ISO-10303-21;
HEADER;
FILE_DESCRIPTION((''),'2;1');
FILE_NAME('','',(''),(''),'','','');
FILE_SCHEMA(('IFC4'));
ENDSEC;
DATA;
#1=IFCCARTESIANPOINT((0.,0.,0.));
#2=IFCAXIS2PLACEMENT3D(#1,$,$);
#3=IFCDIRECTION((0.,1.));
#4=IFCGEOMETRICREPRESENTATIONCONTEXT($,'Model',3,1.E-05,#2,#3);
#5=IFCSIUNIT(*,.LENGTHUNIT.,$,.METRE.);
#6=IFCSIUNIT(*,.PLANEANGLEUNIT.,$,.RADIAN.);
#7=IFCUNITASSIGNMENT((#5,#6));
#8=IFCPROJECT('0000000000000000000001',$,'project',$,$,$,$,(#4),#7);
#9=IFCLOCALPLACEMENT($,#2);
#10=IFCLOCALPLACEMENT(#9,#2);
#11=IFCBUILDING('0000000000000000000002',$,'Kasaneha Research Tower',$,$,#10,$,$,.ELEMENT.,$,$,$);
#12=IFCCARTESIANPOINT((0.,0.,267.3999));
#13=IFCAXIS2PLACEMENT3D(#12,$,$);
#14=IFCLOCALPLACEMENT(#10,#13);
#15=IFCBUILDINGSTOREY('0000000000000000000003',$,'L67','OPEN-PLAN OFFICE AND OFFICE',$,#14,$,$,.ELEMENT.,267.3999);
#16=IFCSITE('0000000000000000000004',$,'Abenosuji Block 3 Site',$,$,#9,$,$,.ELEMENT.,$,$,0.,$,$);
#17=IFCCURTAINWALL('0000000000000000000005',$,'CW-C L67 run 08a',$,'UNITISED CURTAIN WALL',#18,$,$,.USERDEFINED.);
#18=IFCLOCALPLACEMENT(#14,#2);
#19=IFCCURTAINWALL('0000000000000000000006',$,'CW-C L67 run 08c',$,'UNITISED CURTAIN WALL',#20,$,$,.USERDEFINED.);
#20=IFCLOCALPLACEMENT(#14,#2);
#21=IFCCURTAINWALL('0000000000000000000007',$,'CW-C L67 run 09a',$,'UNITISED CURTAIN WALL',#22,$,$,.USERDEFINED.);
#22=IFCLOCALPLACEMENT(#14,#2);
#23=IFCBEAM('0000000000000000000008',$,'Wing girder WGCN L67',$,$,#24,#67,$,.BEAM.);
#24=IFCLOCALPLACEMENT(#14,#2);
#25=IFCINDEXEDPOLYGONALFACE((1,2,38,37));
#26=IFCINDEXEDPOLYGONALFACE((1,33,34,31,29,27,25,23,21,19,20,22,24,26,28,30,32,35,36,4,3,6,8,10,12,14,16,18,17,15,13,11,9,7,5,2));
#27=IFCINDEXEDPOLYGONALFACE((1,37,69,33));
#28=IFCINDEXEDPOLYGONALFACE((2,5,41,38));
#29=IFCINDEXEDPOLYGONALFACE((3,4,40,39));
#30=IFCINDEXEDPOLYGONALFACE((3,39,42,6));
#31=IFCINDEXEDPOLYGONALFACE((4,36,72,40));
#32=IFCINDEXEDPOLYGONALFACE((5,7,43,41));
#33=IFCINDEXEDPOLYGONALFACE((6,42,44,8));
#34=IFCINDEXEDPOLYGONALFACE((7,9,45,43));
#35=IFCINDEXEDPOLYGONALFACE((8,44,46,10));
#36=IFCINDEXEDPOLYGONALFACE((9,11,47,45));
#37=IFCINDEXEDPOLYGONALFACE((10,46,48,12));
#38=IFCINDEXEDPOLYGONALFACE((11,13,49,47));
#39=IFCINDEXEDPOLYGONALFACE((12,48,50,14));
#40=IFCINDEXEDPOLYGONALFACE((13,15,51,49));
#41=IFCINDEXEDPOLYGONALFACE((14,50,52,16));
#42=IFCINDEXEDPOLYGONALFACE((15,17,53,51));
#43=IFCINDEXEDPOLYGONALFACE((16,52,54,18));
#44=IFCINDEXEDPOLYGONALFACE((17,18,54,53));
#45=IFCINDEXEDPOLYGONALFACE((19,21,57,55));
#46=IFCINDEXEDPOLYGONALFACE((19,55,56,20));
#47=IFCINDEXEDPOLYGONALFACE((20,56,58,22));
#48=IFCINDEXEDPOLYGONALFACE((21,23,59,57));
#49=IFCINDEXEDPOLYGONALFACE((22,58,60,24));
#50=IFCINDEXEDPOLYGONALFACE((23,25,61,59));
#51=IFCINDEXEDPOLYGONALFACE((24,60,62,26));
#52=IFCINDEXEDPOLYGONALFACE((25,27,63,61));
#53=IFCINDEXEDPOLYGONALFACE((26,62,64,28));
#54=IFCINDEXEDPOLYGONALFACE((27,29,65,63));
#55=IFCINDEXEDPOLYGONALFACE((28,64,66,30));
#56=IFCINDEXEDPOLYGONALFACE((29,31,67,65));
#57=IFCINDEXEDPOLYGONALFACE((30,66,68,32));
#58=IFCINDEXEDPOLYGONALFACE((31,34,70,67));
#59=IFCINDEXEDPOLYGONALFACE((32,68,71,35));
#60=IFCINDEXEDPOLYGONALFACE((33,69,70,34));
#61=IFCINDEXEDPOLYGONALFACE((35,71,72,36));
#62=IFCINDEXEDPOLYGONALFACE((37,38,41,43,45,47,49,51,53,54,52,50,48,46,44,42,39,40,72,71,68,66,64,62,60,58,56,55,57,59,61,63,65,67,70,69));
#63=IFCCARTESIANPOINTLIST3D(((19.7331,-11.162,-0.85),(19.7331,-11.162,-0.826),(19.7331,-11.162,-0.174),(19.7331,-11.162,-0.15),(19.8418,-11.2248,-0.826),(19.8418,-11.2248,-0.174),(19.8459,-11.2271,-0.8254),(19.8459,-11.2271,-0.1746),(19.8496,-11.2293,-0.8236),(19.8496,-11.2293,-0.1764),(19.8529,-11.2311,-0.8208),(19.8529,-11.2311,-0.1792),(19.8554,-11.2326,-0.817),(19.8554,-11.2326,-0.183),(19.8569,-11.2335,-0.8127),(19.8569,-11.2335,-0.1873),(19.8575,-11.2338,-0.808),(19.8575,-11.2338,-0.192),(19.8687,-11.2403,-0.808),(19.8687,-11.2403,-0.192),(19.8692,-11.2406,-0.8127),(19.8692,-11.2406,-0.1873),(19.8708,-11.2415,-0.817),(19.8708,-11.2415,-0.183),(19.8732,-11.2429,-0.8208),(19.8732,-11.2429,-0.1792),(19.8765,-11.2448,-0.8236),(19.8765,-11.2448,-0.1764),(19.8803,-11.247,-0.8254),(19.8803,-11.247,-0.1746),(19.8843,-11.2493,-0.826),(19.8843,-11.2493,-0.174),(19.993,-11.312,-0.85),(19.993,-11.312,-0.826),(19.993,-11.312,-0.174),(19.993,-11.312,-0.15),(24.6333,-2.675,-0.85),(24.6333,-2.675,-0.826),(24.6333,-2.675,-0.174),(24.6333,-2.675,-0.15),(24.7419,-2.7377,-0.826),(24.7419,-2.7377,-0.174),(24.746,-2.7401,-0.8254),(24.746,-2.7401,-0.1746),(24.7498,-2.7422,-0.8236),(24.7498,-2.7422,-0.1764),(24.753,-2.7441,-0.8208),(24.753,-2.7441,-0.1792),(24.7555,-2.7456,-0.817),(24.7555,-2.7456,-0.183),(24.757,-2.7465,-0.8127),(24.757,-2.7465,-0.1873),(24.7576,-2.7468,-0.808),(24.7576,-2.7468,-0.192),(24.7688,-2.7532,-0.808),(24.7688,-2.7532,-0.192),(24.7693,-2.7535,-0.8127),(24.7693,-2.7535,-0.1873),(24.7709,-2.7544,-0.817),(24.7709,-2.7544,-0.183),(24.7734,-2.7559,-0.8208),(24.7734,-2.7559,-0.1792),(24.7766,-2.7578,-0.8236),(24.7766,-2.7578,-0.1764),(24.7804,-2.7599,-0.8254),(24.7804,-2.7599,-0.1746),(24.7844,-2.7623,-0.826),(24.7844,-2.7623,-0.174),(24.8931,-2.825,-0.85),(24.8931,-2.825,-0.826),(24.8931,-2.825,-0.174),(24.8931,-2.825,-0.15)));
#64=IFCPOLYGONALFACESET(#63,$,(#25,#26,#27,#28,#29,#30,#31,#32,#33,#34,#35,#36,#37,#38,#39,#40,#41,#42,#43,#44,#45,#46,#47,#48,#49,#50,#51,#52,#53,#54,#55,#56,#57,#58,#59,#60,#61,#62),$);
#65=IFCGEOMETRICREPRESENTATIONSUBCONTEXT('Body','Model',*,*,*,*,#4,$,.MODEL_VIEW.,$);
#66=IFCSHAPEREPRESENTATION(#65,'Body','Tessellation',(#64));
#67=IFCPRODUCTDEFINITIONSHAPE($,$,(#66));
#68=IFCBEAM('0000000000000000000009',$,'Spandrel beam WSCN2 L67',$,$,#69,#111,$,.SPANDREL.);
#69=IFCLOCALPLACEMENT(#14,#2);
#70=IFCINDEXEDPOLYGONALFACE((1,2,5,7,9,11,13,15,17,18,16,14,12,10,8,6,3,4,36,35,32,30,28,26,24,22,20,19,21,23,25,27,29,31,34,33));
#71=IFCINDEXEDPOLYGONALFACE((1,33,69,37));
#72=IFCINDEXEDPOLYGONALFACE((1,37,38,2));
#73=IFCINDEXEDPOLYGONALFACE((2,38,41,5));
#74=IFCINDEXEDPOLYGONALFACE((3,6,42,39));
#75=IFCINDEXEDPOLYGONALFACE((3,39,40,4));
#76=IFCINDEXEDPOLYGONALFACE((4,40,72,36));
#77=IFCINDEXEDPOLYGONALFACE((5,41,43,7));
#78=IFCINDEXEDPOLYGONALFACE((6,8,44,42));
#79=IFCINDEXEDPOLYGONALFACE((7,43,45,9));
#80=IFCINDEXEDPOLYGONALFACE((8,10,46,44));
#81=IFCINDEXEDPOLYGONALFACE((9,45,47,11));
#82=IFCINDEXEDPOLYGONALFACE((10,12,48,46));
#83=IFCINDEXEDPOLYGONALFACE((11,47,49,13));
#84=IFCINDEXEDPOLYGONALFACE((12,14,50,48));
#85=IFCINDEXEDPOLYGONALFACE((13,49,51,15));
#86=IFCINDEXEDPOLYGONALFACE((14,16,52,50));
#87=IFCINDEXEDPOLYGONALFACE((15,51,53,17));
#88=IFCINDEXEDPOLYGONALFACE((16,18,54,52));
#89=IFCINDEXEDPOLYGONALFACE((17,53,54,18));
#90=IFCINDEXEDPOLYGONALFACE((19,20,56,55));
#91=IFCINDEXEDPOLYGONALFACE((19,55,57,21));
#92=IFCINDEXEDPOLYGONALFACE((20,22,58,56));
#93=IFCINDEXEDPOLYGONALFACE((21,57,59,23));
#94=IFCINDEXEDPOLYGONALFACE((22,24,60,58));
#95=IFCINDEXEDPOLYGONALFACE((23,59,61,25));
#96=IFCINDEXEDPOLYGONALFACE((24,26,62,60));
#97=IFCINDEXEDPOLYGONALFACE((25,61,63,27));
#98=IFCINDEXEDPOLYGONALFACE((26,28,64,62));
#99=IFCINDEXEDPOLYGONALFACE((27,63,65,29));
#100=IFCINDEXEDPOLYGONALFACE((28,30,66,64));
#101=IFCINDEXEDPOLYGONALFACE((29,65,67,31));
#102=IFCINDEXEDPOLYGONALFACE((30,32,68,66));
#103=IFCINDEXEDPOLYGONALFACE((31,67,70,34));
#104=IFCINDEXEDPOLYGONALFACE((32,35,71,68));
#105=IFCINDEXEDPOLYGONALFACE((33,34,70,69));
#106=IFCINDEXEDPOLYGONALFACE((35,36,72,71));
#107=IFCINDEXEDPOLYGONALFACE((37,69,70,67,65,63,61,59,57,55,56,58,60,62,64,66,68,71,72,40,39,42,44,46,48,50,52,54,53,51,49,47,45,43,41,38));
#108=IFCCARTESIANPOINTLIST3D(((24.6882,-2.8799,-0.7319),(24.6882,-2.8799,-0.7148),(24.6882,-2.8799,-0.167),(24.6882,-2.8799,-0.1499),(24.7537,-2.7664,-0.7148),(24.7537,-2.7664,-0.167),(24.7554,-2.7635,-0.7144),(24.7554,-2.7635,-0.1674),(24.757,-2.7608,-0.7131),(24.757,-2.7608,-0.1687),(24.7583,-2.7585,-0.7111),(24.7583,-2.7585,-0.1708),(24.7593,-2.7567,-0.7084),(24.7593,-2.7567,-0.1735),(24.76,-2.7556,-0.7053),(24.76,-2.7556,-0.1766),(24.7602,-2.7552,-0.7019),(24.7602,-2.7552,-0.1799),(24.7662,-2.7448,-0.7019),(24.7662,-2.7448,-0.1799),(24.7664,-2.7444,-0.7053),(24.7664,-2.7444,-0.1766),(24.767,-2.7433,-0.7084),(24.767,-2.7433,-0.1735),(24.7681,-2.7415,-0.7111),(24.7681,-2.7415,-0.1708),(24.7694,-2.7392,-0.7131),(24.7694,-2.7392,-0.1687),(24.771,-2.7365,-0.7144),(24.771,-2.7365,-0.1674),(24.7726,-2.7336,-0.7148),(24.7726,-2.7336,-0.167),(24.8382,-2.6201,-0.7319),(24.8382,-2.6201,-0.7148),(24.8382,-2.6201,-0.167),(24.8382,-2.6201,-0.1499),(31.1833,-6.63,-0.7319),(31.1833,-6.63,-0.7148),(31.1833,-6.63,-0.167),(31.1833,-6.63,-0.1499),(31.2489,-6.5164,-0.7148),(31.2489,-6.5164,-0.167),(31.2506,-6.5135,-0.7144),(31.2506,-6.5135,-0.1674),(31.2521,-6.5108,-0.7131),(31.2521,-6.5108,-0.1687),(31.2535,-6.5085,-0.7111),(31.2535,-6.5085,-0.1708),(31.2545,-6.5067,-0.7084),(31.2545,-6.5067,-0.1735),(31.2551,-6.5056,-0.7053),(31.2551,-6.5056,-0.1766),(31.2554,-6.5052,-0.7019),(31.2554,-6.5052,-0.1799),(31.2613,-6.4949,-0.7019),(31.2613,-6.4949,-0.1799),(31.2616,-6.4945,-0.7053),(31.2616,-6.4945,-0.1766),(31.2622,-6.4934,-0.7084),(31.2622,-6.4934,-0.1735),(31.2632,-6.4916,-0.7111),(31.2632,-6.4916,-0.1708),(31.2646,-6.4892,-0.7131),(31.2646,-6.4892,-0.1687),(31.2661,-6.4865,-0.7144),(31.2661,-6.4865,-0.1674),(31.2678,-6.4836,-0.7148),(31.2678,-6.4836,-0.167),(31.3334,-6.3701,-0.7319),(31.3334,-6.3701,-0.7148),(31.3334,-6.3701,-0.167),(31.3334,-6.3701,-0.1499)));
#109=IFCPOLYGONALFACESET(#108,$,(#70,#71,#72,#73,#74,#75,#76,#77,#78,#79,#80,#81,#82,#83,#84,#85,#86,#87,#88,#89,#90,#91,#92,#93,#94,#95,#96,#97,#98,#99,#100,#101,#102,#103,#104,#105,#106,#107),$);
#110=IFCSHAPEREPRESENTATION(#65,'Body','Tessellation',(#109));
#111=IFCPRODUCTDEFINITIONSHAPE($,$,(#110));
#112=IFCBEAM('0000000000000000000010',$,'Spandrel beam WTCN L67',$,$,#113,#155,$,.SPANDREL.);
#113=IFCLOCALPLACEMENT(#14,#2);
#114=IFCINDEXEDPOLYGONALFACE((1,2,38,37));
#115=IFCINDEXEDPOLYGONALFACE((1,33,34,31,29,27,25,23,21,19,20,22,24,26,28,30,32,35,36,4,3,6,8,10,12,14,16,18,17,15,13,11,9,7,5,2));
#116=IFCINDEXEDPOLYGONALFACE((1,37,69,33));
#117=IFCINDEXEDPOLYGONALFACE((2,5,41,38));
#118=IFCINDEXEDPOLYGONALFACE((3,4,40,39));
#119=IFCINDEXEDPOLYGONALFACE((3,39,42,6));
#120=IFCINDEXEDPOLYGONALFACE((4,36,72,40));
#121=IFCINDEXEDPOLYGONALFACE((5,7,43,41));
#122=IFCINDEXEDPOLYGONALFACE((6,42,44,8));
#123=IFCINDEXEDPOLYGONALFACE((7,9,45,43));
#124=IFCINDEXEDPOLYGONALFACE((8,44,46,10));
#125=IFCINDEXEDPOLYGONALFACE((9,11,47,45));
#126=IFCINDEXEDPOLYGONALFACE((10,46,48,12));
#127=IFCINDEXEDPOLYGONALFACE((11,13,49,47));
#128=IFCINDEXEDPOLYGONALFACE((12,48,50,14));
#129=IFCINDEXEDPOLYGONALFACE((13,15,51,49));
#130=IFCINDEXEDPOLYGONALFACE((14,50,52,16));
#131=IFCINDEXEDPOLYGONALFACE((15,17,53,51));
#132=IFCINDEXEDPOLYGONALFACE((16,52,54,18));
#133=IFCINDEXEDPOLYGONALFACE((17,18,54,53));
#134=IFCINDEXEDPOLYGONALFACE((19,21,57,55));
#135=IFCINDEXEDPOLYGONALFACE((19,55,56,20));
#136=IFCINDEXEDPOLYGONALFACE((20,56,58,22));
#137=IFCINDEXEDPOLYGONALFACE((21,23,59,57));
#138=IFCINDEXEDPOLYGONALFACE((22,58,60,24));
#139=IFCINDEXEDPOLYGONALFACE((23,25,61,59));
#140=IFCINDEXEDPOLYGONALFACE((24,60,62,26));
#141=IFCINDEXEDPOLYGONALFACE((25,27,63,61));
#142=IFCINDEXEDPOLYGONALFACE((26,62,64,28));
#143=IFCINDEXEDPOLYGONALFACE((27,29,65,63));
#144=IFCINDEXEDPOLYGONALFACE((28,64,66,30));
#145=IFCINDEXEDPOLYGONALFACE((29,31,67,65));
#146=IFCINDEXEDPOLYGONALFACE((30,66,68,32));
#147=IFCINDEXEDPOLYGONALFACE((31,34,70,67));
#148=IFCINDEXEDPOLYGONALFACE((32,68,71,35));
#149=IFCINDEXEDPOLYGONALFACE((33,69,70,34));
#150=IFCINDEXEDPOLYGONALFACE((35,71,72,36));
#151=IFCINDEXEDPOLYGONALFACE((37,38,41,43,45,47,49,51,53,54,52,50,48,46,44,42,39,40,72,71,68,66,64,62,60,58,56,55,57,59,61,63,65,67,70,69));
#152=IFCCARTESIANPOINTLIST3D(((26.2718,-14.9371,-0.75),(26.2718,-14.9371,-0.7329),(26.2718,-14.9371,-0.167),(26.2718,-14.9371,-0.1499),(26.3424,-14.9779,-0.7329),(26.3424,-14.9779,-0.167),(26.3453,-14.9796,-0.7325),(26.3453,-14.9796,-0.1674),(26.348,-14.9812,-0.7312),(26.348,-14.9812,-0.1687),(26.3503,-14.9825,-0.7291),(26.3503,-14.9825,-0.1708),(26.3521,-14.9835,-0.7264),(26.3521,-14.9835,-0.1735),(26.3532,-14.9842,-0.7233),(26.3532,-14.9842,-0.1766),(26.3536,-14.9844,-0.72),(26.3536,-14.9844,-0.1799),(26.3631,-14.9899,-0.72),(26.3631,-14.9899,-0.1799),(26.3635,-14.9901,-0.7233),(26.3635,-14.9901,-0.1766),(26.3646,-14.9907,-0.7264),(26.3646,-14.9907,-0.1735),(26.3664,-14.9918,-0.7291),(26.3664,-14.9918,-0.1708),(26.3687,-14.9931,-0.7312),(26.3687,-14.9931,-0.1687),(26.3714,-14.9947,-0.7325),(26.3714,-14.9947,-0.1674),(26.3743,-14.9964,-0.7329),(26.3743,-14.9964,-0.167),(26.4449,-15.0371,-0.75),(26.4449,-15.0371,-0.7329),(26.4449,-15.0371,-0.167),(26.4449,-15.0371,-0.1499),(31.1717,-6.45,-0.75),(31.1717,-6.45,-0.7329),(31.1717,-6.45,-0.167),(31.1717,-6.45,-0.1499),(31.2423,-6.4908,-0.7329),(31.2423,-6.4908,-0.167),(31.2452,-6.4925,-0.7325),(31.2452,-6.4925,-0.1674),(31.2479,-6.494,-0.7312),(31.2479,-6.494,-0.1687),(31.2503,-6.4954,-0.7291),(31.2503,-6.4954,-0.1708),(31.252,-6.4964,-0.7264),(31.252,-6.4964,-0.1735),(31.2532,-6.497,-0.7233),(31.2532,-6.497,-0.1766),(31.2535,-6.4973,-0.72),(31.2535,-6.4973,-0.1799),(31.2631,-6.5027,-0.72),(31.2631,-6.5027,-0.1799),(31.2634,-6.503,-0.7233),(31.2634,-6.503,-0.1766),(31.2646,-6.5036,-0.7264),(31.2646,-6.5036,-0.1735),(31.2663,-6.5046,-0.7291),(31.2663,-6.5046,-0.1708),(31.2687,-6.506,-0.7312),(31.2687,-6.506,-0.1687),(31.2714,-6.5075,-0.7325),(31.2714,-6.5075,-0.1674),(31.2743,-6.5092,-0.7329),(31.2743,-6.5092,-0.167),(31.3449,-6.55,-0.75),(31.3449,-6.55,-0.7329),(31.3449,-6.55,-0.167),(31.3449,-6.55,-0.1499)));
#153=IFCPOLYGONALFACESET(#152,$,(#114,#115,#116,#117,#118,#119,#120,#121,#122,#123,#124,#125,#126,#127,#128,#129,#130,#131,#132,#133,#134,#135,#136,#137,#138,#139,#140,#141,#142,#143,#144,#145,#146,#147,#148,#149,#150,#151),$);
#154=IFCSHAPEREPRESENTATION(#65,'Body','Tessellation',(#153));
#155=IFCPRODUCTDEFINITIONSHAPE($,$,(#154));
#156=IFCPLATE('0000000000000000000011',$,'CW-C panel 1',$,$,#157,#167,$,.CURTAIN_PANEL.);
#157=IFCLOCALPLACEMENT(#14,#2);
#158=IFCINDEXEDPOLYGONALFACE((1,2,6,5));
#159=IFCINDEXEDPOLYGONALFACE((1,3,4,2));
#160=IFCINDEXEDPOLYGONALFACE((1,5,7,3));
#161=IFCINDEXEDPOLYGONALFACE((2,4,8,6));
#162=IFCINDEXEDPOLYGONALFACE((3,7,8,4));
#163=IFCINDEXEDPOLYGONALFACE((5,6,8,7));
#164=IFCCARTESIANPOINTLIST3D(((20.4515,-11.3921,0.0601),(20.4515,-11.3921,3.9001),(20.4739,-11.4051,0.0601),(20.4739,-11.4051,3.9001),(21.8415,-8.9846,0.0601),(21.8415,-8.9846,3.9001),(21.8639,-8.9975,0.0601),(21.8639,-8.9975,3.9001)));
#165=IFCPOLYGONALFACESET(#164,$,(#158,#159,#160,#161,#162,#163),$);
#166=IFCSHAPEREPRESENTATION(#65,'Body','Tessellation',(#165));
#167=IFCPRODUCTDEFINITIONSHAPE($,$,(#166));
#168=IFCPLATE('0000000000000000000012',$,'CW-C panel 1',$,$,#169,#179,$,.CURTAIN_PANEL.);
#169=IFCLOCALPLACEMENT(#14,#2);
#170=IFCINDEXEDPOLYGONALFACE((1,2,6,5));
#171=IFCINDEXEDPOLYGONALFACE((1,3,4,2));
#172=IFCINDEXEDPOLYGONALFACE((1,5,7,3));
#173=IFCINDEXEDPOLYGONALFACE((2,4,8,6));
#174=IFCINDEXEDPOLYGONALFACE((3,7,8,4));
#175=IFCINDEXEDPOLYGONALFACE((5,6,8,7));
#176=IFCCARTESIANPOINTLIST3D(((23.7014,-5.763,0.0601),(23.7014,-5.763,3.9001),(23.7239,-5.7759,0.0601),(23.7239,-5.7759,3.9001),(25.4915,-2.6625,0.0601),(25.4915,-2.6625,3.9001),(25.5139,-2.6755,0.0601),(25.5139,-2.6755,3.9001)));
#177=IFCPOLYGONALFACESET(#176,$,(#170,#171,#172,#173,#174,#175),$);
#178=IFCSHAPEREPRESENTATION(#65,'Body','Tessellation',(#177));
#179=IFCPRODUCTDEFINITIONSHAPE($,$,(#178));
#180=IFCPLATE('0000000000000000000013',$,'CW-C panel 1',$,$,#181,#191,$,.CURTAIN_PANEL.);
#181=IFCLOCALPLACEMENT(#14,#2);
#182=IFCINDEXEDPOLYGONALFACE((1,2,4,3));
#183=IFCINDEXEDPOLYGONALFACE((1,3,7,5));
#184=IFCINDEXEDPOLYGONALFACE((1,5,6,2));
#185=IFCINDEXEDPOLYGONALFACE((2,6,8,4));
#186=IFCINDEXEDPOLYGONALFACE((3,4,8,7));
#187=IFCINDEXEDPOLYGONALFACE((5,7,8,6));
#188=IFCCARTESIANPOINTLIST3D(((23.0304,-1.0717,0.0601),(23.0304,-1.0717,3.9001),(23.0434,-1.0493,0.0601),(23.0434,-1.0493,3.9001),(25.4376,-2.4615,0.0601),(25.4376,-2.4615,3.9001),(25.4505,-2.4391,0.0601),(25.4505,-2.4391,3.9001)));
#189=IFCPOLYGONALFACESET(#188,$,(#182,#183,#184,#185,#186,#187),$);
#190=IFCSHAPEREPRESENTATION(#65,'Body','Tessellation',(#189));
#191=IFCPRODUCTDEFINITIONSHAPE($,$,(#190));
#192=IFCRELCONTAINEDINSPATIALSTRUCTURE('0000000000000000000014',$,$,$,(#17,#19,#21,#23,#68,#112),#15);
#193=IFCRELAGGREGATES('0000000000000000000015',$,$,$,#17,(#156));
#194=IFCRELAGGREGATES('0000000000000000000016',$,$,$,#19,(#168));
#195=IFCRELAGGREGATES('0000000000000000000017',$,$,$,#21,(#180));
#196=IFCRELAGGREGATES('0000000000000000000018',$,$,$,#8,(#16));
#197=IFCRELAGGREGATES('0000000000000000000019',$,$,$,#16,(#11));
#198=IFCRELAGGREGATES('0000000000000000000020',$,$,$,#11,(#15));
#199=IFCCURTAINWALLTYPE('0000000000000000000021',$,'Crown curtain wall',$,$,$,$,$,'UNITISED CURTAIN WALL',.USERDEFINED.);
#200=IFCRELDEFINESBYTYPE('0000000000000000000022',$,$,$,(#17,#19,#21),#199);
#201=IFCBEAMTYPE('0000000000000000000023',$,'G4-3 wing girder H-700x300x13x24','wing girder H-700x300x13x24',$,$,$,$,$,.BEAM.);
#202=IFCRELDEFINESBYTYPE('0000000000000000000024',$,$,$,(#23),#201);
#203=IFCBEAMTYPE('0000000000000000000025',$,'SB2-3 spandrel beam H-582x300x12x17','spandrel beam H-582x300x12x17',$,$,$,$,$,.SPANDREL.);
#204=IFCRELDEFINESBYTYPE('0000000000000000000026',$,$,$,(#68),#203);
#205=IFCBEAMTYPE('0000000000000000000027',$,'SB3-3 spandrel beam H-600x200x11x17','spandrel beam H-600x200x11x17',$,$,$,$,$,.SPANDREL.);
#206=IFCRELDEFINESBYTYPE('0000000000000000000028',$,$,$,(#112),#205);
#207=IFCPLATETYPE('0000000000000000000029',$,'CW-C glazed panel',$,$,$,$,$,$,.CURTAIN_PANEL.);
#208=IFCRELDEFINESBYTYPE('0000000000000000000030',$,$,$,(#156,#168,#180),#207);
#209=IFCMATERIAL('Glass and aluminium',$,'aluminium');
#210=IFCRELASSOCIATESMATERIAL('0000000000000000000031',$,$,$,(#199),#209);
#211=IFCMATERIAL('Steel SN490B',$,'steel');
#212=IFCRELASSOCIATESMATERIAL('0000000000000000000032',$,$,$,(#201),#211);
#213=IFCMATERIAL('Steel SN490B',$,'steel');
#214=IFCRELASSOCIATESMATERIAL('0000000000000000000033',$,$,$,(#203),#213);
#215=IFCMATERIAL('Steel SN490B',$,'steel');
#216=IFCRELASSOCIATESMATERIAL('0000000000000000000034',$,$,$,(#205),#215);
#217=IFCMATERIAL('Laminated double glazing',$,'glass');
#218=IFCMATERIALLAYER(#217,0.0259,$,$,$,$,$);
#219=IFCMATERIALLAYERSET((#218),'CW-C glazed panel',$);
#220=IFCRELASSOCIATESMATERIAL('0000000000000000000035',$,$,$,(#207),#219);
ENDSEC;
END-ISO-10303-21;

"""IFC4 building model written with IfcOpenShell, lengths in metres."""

from ifc_helpers import new_model, si_unit, direction, frame, origin, origin_2d, place, context, subcontext, project, spatial, rectangle, i_section, extrude, material, layer, layer_set, material_profile, profile_set, type_object, element, aggregate, save


model = new_model("IFC4")

# Units and contexts
model_context = context("Model", 3, precision=1e-05, world=origin(), true_north=direction((0.0, 1.0)))
body_context = subcontext(model_context, "Body", "Model", "MODEL_VIEW")
ifc_project = project(units=[si_unit("LENGTHUNIT", "METRE"), si_unit("PLANEANGLEUNIT", "RADIAN")], contexts=[model_context])

# Site, building, storey
site_placement = place(None, origin())
site = spatial("IfcSite", under=ifc_project, at=site_placement, Name="Abenosuji Block 3 Site", CompositionType="ELEMENT", RefElevation=0.0)
building_placement = place(site_placement, origin())
building = spatial("IfcBuilding", under=site, at=building_placement, Name="Kasaneha Research Tower", CompositionType="ELEMENT")
storey_placement = place(building_placement, frame((0.0, 0.0, 267.3999)))
storey = spatial("IfcBuildingStorey", under=building, at=storey_placement, Name="L67", Description="OPEN-PLAN OFFICE AND OFFICE", CompositionType="ELEMENT", Elevation=267.3999)

# Curtain wall
ifc_material_1 = material(Name="Glass and aluminium", Category="aluminium")
curtain_wall_type = type_object("IfcCurtainWallType", Name="Crown curtain wall", ElementType="UNITISED CURTAIN WALL", PredefinedType="USERDEFINED", material=ifc_material_1)
curtain_wall_1_placement = place(storey_placement, origin())
curtain_wall_1 = element("IfcCurtainWall", 1, at=curtain_wall_1_placement, inside=storey, type_object=curtain_wall_type, Name="CW-C L67 run 08a", ObjectType="UNITISED CURTAIN WALL", PredefinedType="USERDEFINED")

# Curtain wall
curtain_wall_2_placement = place(storey_placement, origin())
curtain_wall_2 = element("IfcCurtainWall", 2, at=curtain_wall_2_placement, inside=storey, type_object=curtain_wall_type, Name="CW-C L67 run 08c", ObjectType="UNITISED CURTAIN WALL", PredefinedType="USERDEFINED")

# Curtain wall
curtain_wall_3_placement = place(storey_placement, origin())
curtain_wall_3 = element("IfcCurtainWall", 3, at=curtain_wall_3_placement, inside=storey, type_object=curtain_wall_type, Name="CW-C L67 run 09a", ObjectType="UNITISED CURTAIN WALL", PredefinedType="USERDEFINED")

# Beams
ifc_material_2 = material(Name="Steel SN490B", Category="steel")
ifc_material_profile_1 = material_profile(ifc_material_2, i_section(OverallWidth=0.3, OverallDepth=0.7, WebThickness=0.0129, FlangeThickness=0.0239, FilletRadius=0.0181, at=origin_2d()), Name="H-700x300x13x24")
ifc_profile_set_1 = profile_set([ifc_material_profile_1], Name="Steel SN490B")
beam_type_1 = type_object("IfcBeamType", Name="G4-3 wing girder H-700x300x13x24", Description="wing girder H-700x300x13x24", PredefinedType="BEAM", material=ifc_profile_set_1)
beam_1_placement = place(storey_placement, frame((24.7632, -2.75, -0.5), z_axis=(-0.500011, -0.866019, 0.0), x_axis=(0.866019, -0.500011, 0.0)))
element("IfcBeam", 4, at=beam_1_placement, inside=storey, type_object=beam_type_1, Name="Wing girder WGCN L67", PredefinedType="BEAM", context=body_context, shape_type="SweptSolid", body=[
    extrude(i_section(OverallWidth=0.3, OverallDepth=0.7, WebThickness=0.0129, FlangeThickness=0.0239, FilletRadius=0.0181, at=origin_2d()), origin(), (0.0, 0.0, 1.0), 9.8),
])
ifc_material_3 = material(Name="Steel SN490B", Category="steel")
ifc_material_profile_2 = material_profile(ifc_material_3, i_section(OverallWidth=0.3, OverallDepth=0.582, WebThickness=0.012, FlangeThickness=0.0171, FilletRadius=0.0129, at=origin_2d()), Name="H-582x300x12x17")
ifc_profile_set_2 = profile_set([ifc_material_profile_2], Name="Steel SN490B")
beam_type_2 = type_object("IfcBeamType", Name="SB2-3 spandrel beam H-582x300x12x17", Description="spandrel beam H-582x300x12x17", PredefinedType="SPANDREL", material=ifc_profile_set_2)
beam_2_placement = place(storey_placement, frame((24.7632, -2.75, -0.4409), z_axis=(0.866023, -0.500004, 0.0), x_axis=(0.500004, 0.866023, 0.0)))
element("IfcBeam", 5, at=beam_2_placement, inside=storey, type_object=beam_type_2, Name="Spandrel beam WSCN2 L67", PredefinedType="SPANDREL", context=body_context, shape_type="SweptSolid", body=[
    extrude(i_section(OverallWidth=0.3, OverallDepth=0.582, WebThickness=0.012, FlangeThickness=0.0171, FilletRadius=0.0129, at=origin_2d()), origin(), (0.0, 0.0, 1.0), 7.5),
])
ifc_material_4 = material(Name="Steel SN490B", Category="steel")
ifc_material_profile_3 = material_profile(ifc_material_4, i_section(OverallWidth=0.2, OverallDepth=0.6001, WebThickness=0.011, FlangeThickness=0.0171, FilletRadius=0.0129, at=origin_2d()), Name="H-600x200x11x17")
ifc_profile_set_3 = profile_set([ifc_material_profile_3], Name="Steel SN490B")
beam_type_3 = type_object("IfcBeamType", Name="SB3-3 spandrel beam H-600x200x11x17", Description="spandrel beam H-600x200x11x17", PredefinedType="SPANDREL", material=ifc_profile_set_3)
beam_3_placement = place(storey_placement, frame((31.2583, -6.5, -0.45), z_axis=(-0.499992, -0.86603, 0.0), x_axis=(0.86603, -0.499992, 0.0)))
element("IfcBeam", 6, at=beam_3_placement, inside=storey, type_object=beam_type_3, Name="Spandrel beam WTCN L67", PredefinedType="SPANDREL", context=body_context, shape_type="SweptSolid", body=[
    extrude(i_section(OverallWidth=0.2, OverallDepth=0.6001, WebThickness=0.011, FlangeThickness=0.0171, FilletRadius=0.0129, at=origin_2d()), origin(), (0.0, 0.0, 1.0), 9.8),
])

# Plates
ifc_material_5 = material(Name="Laminated double glazing", Category="glass")
ifc_layer_1 = layer(ifc_material_5, 0.0259)
ifc_layer_set_1 = layer_set([ifc_layer_1], Name="CW-C glazed panel")
plate_type_1 = type_object("IfcPlateType", Name="CW-C glazed panel", PredefinedType="CURTAIN_PANEL", material=ifc_layer_set_1)
plate_1_placement = place(storey_placement, frame((21.1577, -10.1948, 0.0601), z_axis=(0.0, 0.0, 1.0), x_axis=(0.5, 0.866025, 0.0)))
plate_1 = element("IfcPlate", 7, at=plate_1_placement, type_object=plate_type_1, Name="CW-C panel 1", PredefinedType="CURTAIN_PANEL", context=body_context, shape_type="SweptSolid", body=[
    extrude(rectangle(XDim=2.78, YDim=0.0259, at=origin_2d()), origin(), (0.0, 0.0, 1.0), 3.8401),
])
aggregate(curtain_wall_1, [plate_1])
plate_2_placement = place(storey_placement, frame((24.6077, -4.2192, 0.0601), z_axis=(0.0, 0.0, 1.0), x_axis=(0.5, 0.866025, 0.0)))
plate_2 = element("IfcPlate", 8, at=plate_2_placement, type_object=plate_type_1, Name="CW-C panel 1", PredefinedType="CURTAIN_PANEL", context=body_context, shape_type="SweptSolid", body=[
    extrude(rectangle(XDim=3.5801, YDim=0.0259, at=origin_2d()), origin(), (0.0, 0.0, 1.0), 3.8401),
])
aggregate(curtain_wall_2, [plate_2])
plate_3_placement = place(storey_placement, frame((24.2405, -1.7554, 0.0601), z_axis=(0.0, 0.0, 1.0), x_axis=(-0.866025, 0.5, 0.0)))
plate_3 = element("IfcPlate", 9, at=plate_3_placement, type_object=plate_type_1, Name="CW-C panel 1", PredefinedType="CURTAIN_PANEL", context=body_context, shape_type="SweptSolid", body=[
    extrude(rectangle(XDim=2.7795, YDim=0.0259, at=origin_2d()), origin(), (0.0, 0.0, 1.0), 3.8401),
])
aggregate(curtain_wall_3, [plate_3])

save(model, "model.ifc")
